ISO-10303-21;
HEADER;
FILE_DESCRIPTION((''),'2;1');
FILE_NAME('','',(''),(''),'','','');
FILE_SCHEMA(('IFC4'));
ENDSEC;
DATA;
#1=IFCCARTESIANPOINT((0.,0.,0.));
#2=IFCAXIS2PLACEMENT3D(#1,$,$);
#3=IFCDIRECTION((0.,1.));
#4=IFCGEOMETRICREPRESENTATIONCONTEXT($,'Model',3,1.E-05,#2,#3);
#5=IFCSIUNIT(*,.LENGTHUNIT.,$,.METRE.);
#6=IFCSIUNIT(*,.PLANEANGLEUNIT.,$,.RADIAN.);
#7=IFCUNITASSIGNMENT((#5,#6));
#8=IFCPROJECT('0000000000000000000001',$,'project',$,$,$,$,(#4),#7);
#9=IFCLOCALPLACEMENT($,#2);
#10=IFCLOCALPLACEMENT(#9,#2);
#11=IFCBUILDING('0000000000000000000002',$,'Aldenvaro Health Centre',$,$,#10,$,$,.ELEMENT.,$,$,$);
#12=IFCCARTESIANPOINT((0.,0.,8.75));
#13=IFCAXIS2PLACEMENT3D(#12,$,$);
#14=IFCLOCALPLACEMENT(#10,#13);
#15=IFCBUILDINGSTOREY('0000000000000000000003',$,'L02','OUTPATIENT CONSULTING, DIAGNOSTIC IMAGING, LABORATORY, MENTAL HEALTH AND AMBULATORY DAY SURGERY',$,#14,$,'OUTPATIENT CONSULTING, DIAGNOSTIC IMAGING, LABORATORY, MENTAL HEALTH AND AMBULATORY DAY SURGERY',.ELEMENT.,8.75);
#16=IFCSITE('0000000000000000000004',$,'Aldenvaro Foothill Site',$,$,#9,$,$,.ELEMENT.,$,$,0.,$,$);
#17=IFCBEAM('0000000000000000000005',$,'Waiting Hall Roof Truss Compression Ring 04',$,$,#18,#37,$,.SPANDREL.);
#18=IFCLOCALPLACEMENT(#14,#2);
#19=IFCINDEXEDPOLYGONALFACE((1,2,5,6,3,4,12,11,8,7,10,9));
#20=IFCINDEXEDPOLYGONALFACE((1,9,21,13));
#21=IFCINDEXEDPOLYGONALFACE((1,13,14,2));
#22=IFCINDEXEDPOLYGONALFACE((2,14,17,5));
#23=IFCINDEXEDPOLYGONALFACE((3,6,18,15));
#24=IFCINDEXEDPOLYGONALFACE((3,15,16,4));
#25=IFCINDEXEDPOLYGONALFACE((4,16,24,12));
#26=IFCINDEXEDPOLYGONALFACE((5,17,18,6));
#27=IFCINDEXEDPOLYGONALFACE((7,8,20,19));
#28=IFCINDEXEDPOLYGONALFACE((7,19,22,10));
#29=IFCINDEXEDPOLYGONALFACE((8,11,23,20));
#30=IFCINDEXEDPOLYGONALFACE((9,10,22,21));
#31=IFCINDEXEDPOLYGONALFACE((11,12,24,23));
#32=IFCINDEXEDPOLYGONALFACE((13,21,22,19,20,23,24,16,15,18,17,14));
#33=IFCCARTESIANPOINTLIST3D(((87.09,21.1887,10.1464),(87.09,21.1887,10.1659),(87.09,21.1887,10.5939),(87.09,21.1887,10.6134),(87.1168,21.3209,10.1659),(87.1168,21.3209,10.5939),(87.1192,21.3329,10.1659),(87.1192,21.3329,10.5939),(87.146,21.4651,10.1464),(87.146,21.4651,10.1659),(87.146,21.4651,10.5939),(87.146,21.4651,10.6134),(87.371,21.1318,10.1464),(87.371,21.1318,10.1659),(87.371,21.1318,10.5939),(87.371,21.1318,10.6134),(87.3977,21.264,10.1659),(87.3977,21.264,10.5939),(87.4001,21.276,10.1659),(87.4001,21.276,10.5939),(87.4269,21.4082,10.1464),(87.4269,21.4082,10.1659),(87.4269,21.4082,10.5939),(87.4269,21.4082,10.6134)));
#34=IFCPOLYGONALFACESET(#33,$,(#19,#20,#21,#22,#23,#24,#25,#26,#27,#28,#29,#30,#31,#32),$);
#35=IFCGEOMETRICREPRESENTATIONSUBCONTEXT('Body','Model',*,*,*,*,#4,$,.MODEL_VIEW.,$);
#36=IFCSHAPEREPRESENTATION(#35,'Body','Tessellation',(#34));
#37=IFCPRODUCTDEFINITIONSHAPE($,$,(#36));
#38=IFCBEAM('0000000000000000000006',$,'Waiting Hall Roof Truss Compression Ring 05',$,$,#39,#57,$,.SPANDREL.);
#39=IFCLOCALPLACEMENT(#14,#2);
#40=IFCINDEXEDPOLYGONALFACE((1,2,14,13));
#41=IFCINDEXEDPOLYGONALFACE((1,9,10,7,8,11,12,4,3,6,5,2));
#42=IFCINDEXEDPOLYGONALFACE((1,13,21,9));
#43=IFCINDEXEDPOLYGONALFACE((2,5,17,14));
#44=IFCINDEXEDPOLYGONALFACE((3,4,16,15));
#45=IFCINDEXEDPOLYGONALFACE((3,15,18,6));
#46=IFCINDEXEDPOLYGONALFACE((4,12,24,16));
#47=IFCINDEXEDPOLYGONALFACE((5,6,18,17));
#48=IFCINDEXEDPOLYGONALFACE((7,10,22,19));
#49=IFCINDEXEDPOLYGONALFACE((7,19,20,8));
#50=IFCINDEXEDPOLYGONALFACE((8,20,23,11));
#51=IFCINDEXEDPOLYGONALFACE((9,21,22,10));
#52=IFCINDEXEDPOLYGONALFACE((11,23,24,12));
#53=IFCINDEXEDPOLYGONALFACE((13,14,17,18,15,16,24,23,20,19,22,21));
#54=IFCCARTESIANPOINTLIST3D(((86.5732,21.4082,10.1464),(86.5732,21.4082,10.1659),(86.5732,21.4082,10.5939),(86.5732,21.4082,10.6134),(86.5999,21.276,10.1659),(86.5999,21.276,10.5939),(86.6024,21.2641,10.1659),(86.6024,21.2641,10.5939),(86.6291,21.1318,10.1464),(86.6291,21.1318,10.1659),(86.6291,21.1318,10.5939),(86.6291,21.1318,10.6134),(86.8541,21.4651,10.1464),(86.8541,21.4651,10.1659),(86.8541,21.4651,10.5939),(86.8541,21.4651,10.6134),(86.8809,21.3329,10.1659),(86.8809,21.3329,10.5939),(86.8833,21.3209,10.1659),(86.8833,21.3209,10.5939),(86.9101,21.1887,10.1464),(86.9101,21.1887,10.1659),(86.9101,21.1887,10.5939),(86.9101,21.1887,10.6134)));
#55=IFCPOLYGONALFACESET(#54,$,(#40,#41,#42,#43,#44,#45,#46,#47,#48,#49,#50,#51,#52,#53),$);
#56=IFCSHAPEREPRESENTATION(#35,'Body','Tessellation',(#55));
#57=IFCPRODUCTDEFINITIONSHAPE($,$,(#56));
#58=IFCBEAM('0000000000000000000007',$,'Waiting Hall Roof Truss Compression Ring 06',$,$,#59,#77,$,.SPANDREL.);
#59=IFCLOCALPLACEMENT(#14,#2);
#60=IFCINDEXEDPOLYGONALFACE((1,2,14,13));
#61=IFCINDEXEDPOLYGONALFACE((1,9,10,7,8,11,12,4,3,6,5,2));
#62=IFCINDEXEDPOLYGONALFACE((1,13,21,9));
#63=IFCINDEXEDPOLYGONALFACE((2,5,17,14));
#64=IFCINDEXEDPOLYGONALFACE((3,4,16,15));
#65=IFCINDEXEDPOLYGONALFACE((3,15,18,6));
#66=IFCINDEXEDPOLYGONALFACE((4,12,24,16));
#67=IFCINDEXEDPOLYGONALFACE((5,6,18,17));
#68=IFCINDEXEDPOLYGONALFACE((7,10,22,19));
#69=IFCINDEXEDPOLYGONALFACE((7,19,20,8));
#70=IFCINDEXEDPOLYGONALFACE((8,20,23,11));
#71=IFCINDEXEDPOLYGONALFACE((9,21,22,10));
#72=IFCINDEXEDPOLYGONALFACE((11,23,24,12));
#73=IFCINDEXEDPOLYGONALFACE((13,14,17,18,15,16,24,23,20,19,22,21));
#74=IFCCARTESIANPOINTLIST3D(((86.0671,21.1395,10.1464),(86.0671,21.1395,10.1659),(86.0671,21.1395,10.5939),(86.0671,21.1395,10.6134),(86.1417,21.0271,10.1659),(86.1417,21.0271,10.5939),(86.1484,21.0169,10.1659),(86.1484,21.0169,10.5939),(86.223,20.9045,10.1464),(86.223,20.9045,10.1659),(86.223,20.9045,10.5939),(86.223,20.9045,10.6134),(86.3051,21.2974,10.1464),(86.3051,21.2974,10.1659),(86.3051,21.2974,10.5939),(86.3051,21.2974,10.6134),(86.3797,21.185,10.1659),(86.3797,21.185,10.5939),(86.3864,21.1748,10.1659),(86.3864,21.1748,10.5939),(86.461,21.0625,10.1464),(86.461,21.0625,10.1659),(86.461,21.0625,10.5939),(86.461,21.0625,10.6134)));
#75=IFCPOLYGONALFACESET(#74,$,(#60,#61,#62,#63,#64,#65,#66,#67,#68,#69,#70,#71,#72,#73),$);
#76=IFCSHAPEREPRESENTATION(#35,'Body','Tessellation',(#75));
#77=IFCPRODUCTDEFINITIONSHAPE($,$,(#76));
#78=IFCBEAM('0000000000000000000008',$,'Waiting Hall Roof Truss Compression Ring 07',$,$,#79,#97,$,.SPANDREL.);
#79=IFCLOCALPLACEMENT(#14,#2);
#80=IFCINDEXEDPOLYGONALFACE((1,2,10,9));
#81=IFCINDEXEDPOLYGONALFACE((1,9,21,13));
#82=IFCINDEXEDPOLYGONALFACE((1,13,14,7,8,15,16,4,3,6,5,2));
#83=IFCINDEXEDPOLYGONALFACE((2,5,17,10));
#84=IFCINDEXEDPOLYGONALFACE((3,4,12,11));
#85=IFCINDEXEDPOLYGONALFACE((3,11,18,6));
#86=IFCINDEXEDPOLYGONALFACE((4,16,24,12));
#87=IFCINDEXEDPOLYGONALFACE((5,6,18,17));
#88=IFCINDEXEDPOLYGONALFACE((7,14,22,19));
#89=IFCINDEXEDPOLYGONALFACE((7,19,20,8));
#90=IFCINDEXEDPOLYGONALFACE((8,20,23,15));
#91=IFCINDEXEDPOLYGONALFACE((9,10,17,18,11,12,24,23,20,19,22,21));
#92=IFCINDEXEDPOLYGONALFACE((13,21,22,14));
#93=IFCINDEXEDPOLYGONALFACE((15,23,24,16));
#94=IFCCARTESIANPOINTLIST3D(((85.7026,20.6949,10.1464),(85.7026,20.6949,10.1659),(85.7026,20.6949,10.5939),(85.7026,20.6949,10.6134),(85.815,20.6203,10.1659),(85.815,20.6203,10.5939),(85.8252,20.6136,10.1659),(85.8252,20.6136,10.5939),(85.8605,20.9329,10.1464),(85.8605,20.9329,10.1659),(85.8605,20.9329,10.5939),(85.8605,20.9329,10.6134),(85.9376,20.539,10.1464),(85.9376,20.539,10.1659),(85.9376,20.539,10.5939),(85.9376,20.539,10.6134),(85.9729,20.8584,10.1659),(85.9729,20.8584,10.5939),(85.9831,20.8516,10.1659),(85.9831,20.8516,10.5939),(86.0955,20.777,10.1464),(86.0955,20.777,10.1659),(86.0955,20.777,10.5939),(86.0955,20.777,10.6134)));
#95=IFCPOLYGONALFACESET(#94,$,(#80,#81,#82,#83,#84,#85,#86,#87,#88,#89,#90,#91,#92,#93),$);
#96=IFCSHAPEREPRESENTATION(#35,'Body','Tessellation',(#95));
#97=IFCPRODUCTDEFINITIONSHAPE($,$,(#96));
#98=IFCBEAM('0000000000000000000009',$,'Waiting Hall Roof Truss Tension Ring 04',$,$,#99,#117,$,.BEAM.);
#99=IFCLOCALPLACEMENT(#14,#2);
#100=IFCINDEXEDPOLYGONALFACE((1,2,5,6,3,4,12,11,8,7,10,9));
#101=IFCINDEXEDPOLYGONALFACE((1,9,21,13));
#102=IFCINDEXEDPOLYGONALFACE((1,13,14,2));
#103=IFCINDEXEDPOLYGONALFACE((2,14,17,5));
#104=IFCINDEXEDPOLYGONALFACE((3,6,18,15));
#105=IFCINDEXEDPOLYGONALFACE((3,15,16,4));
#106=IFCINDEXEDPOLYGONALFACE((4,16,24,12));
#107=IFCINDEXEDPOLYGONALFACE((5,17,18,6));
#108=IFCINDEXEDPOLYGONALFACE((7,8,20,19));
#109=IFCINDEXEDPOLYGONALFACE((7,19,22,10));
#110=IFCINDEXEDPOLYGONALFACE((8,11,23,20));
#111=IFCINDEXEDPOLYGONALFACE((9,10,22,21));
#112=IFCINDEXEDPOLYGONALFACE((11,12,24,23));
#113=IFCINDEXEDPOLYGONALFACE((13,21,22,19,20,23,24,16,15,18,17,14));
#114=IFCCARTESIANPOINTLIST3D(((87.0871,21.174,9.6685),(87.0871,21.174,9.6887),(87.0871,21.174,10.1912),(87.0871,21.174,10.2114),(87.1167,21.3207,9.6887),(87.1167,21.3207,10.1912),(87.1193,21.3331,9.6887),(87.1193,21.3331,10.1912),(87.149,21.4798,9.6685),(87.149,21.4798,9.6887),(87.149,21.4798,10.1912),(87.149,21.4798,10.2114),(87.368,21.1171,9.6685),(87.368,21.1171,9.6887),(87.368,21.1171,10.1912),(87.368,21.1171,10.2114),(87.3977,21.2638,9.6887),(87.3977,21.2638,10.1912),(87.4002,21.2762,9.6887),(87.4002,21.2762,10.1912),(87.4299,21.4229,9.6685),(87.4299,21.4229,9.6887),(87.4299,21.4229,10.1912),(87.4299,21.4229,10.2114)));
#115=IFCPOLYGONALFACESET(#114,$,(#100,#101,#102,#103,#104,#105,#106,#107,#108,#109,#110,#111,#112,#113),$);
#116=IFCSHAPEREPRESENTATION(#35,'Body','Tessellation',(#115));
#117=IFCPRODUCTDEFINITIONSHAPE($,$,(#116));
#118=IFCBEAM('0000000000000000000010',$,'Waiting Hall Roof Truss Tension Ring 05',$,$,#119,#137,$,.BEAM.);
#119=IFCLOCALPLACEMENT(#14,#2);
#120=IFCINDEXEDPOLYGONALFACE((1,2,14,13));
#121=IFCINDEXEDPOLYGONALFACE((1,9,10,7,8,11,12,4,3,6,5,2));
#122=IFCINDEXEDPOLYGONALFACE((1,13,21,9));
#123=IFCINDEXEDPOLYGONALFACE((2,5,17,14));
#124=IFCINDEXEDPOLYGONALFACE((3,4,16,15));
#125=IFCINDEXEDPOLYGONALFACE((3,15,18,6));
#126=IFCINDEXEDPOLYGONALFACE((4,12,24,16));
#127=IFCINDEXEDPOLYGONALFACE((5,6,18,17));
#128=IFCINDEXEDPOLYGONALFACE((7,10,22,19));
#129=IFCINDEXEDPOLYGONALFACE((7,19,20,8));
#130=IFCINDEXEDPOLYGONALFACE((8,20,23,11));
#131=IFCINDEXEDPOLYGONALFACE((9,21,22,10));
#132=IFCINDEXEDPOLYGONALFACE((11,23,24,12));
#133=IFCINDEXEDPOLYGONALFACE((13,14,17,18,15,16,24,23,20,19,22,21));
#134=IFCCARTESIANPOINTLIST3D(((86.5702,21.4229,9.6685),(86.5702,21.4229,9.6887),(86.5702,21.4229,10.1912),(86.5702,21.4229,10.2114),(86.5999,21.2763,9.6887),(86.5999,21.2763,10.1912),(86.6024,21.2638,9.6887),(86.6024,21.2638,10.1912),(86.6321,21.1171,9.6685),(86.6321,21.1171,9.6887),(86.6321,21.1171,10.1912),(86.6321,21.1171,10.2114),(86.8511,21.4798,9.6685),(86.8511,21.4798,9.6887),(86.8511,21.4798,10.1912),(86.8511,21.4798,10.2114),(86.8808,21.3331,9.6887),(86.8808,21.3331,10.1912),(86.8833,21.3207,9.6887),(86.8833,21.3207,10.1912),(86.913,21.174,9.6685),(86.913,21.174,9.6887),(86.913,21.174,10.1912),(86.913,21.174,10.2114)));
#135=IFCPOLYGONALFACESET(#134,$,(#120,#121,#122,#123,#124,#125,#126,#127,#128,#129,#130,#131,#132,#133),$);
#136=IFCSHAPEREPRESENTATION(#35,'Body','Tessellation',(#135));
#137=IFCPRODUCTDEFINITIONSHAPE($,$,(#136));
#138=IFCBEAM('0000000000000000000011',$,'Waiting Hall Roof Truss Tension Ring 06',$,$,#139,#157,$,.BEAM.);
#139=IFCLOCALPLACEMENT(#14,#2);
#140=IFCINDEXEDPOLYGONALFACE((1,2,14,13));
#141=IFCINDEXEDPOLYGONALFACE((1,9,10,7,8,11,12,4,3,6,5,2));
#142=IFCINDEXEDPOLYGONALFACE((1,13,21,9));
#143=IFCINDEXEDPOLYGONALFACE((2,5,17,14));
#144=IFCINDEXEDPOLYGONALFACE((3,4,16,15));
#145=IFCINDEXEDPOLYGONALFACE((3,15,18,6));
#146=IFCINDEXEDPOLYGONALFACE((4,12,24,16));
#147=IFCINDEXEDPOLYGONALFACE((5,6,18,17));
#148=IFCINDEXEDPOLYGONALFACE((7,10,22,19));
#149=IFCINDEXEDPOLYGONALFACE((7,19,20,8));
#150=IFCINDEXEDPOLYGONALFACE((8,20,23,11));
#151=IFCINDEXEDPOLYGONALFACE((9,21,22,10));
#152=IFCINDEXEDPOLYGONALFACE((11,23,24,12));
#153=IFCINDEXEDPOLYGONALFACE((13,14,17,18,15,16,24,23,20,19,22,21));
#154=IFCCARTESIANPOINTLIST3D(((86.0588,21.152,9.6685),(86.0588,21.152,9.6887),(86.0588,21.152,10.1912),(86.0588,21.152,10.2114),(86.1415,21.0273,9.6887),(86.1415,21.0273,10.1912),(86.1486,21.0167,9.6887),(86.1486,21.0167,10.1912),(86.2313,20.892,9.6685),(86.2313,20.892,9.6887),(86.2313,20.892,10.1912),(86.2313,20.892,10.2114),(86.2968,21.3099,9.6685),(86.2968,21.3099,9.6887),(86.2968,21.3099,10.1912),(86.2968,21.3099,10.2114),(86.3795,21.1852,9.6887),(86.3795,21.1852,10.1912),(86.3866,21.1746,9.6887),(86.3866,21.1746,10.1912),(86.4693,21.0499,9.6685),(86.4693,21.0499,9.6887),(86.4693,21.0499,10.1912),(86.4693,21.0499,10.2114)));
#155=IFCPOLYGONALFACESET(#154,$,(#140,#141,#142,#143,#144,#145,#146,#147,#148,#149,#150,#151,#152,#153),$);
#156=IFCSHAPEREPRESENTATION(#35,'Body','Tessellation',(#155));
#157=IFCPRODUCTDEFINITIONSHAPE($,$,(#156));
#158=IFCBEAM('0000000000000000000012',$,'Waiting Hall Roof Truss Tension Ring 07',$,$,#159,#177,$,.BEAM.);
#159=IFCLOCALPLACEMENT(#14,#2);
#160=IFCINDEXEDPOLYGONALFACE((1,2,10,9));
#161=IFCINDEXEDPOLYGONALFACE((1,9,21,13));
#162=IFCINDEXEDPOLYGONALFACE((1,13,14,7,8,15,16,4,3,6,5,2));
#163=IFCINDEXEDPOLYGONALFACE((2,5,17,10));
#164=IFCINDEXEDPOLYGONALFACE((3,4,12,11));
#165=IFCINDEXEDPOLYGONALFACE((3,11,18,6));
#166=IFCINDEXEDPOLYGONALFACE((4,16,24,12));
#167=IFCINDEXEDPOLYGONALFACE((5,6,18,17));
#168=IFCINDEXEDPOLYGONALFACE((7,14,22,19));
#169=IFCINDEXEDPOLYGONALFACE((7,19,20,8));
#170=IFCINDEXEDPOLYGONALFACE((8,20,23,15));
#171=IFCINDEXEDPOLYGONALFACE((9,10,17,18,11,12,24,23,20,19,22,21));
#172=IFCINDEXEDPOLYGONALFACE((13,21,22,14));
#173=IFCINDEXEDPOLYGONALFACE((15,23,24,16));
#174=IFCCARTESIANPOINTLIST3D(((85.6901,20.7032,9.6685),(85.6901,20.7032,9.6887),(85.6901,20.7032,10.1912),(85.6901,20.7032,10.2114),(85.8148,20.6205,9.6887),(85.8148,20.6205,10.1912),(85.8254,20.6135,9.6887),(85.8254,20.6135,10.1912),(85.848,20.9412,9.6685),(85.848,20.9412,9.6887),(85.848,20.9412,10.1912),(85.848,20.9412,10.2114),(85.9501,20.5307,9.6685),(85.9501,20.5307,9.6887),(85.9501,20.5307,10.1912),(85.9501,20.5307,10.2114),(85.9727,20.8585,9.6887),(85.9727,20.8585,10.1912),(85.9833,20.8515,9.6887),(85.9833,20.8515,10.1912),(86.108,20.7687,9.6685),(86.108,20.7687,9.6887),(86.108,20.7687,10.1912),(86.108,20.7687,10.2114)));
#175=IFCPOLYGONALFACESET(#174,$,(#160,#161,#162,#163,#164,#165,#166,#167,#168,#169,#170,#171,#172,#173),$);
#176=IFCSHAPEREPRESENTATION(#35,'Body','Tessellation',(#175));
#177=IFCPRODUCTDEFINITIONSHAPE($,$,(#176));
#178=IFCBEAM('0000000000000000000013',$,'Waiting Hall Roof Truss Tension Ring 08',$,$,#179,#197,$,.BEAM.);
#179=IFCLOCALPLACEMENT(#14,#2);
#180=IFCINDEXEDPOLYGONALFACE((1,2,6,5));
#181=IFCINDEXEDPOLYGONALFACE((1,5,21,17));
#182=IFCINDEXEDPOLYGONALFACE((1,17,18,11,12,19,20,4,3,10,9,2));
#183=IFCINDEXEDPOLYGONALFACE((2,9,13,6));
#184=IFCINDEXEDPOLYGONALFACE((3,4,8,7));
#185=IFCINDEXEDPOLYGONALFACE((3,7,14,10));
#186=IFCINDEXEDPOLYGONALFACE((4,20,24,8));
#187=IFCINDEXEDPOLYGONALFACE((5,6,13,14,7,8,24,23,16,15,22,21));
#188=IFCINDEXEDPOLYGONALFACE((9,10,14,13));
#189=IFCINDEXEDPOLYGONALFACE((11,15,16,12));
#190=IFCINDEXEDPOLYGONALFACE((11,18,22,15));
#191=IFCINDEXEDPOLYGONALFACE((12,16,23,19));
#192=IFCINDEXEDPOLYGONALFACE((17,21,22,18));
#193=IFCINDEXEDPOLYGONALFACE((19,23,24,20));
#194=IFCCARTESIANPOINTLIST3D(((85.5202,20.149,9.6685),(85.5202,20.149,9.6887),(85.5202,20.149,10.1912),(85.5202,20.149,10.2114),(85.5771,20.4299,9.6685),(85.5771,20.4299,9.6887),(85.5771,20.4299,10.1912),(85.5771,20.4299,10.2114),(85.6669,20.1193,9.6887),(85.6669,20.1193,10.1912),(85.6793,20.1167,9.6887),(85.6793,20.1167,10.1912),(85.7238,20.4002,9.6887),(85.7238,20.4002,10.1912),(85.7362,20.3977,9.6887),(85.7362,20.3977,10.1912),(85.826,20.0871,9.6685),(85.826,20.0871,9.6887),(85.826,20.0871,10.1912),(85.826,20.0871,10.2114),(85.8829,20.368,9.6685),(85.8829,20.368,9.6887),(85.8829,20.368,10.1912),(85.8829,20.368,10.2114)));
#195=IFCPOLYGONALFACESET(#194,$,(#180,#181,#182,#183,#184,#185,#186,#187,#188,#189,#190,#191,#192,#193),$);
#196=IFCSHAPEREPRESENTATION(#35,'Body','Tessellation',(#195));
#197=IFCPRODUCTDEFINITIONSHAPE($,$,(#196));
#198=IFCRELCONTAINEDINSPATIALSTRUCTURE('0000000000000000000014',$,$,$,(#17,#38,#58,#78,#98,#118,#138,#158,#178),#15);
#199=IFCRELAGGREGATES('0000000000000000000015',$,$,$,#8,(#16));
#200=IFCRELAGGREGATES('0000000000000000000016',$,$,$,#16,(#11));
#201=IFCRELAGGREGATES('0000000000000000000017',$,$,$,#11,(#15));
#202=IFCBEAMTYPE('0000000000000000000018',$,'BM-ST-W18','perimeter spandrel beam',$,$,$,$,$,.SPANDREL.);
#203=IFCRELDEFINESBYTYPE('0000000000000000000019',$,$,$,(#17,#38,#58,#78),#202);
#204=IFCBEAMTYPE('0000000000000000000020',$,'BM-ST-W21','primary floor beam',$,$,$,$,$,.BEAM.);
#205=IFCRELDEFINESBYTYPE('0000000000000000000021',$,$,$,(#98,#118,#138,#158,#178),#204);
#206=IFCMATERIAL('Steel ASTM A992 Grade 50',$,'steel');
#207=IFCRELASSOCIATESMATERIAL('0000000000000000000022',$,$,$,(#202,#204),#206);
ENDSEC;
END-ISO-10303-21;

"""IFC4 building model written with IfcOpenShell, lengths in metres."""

from ifc_helpers import new_model, si_unit, direction, frame, origin, origin_2d, place, context, subcontext, project, spatial, i_section, extrude, material, material_profile, profile_set, type_object, element, save


model = new_model("IFC4")

# Units and contexts
model_context = context("Model", 3, precision=1e-05, world=origin(), true_north=direction((0.0, 1.0)))
body_context = subcontext(model_context, "Body", "Model", "MODEL_VIEW")
ifc_project = project(units=[si_unit("LENGTHUNIT", "METRE"), si_unit("PLANEANGLEUNIT", "RADIAN")], contexts=[model_context])

# Site, building, storey
site_placement = place(None, origin())
site = spatial("IfcSite", under=ifc_project, at=site_placement, Name="Aldenvaro Foothill Site", CompositionType="ELEMENT", RefElevation=0.0)
building_placement = place(site_placement, origin())
building = spatial("IfcBuilding", under=site, at=building_placement, Name="Aldenvaro Health Centre", CompositionType="ELEMENT")
storey_placement = place(building_placement, frame((0.0, 0.0, 8.75)))
storey = spatial("IfcBuildingStorey", under=building, at=storey_placement, Name="L02", Description="OUTPATIENT CONSULTING, DIAGNOSTIC IMAGING, LABORATORY, MENTAL HEALTH AND AMBULATORY DAY SURGERY", LongName="OUTPATIENT CONSULTING, DIAGNOSTIC IMAGING, LABORATORY, MENTAL HEALTH AND AMBULATORY DAY SURGERY", CompositionType="ELEMENT", Elevation=8.75)

# Beams
ifc_material_1 = material(Name="Steel ASTM A992 Grade 50", Category="steel")
ifc_material_profile_1 = material_profile(ifc_material_1, i_section(OverallWidth=0.282, OverallDepth=0.467, WebThickness=0.0122, FlangeThickness=0.0195, at=origin_2d()), Name="W18X86", Category="steel")
ifc_profile_set_1 = profile_set([ifc_material_profile_1], Name="Steel ASTM A992 Grade 50")
beam_type_1 = type_object("IfcBeamType", Name="BM-ST-W18", Description="perimeter spandrel beam", PredefinedType="SPANDREL", material=ifc_profile_set_1)
for number, where, z_axis, x_axis, name in (
    (1, (87.3989, 21.27, 10.3799), (-0.980119, 0.198408, 0.0), (-0.198408, -0.980119, 0.0), "Waiting Hall Roof Truss Compression Ring 04"),
    (2, (86.8821, 21.3269, 10.3799), (-0.980119, -0.198408, 0.0), (0.198408, -0.980119, 0.0), "Waiting Hall Roof Truss Compression Ring 05"),
):
    element("IfcBeam", number, at=place(storey_placement, frame(where, z_axis=z_axis, x_axis=x_axis)), inside=storey, type_object=beam_type_1, Name=name, PredefinedType="SPANDREL", context=body_context, shape_type="SweptSolid", body=[
        extrude(i_section(OverallWidth=0.282, OverallDepth=0.467, WebThickness=0.0122, FlangeThickness=0.0195, at=origin_2d()), origin(), (0.0, 0.0, 1.0), 0.2866),
    ])
for number, where, z_axis, x_axis, name in (
    (3, (86.3831, 21.1799, 10.3799), (-0.833232, -0.552924, 0.0), (0.552924, -0.833232, 0.0), "Waiting Hall Roof Truss Compression Ring 06"),
    (4, (85.978, 20.855, 10.3799), (-0.552924, -0.833232, 0.0), (0.833232, -0.552924, 0.0), "Waiting Hall Roof Truss Compression Ring 07"),
):
    element("IfcBeam", number, at=place(storey_placement, frame(where, z_axis=z_axis, x_axis=x_axis)), inside=storey, type_object=beam_type_1, Name=name, PredefinedType="SPANDREL", context=body_context, shape_type="SweptSolid", body=[
        extrude(i_section(OverallWidth=0.282, OverallDepth=0.467, WebThickness=0.0122, FlangeThickness=0.0195, at=origin_2d()), origin(), (0.0, 0.0, 1.0), 0.2856),
    ])
ifc_material_profile_2 = material_profile(ifc_material_1, i_section(OverallWidth=0.312, OverallDepth=0.543, WebThickness=0.0127, FlangeThickness=0.0203, at=origin_2d()), Name="W21X101", Category="steel")
ifc_profile_set_2 = profile_set([ifc_material_profile_2], Name="Steel ASTM A992 Grade 50")
beam_type_2 = type_object("IfcBeamType", Name="BM-ST-W21", Description="primary floor beam", PredefinedType="BEAM", material=ifc_profile_set_2)
for number, where, z_axis, x_axis, name in (
    (5, (87.3989, 21.27, 9.9399), (-0.980119, 0.198408, 0.0), (-0.198408, -0.980119, 0.0), "Waiting Hall Roof Truss Tension Ring 04"),
    (6, (86.8821, 21.3269, 9.9399), (-0.980119, -0.198408, 0.0), (0.198408, -0.980119, 0.0), "Waiting Hall Roof Truss Tension Ring 05"),
):
    element("IfcBeam", number, at=place(storey_placement, frame(where, z_axis=z_axis, x_axis=x_axis)), inside=storey, type_object=beam_type_2, Name=name, PredefinedType="BEAM", context=body_context, shape_type="SweptSolid", body=[
        extrude(i_section(OverallWidth=0.312, OverallDepth=0.543, WebThickness=0.0127, FlangeThickness=0.0203, at=origin_2d()), origin(), (0.0, 0.0, 1.0), 0.2866),
    ])
for number, where, z_axis, x_axis, name in (
    (7, (86.3831, 21.1799, 9.9399), (-0.833232, -0.552924, 0.0), (0.552924, -0.833232, 0.0), "Waiting Hall Roof Truss Tension Ring 06"),
    (8, (85.978, 20.855, 9.9399), (-0.552924, -0.833232, 0.0), (0.833232, -0.552924, 0.0), "Waiting Hall Roof Truss Tension Ring 07"),
):
    element("IfcBeam", number, at=place(storey_placement, frame(where, z_axis=z_axis, x_axis=x_axis)), inside=storey, type_object=beam_type_2, Name=name, PredefinedType="BEAM", context=body_context, shape_type="SweptSolid", body=[
        extrude(i_section(OverallWidth=0.312, OverallDepth=0.543, WebThickness=0.0127, FlangeThickness=0.0203, at=origin_2d()), origin(), (0.0, 0.0, 1.0), 0.2856),
    ])
beam_placement = place(storey_placement, frame((85.73, 20.3989, 9.9399), z_axis=(-0.198408, -0.980119, 0.0), x_axis=(0.980119, -0.198408, 0.0)))
element("IfcBeam", 9, at=beam_placement, inside=storey, type_object=beam_type_2, Name="Waiting Hall Roof Truss Tension Ring 08", PredefinedType="BEAM", context=body_context, shape_type="SweptSolid", body=[
    extrude(i_section(OverallWidth=0.312, OverallDepth=0.543, WebThickness=0.0127, FlangeThickness=0.0203, at=origin_2d()), origin(), (0.0, 0.0, 1.0), 0.2866),
])

save(model, "model.ifc")
